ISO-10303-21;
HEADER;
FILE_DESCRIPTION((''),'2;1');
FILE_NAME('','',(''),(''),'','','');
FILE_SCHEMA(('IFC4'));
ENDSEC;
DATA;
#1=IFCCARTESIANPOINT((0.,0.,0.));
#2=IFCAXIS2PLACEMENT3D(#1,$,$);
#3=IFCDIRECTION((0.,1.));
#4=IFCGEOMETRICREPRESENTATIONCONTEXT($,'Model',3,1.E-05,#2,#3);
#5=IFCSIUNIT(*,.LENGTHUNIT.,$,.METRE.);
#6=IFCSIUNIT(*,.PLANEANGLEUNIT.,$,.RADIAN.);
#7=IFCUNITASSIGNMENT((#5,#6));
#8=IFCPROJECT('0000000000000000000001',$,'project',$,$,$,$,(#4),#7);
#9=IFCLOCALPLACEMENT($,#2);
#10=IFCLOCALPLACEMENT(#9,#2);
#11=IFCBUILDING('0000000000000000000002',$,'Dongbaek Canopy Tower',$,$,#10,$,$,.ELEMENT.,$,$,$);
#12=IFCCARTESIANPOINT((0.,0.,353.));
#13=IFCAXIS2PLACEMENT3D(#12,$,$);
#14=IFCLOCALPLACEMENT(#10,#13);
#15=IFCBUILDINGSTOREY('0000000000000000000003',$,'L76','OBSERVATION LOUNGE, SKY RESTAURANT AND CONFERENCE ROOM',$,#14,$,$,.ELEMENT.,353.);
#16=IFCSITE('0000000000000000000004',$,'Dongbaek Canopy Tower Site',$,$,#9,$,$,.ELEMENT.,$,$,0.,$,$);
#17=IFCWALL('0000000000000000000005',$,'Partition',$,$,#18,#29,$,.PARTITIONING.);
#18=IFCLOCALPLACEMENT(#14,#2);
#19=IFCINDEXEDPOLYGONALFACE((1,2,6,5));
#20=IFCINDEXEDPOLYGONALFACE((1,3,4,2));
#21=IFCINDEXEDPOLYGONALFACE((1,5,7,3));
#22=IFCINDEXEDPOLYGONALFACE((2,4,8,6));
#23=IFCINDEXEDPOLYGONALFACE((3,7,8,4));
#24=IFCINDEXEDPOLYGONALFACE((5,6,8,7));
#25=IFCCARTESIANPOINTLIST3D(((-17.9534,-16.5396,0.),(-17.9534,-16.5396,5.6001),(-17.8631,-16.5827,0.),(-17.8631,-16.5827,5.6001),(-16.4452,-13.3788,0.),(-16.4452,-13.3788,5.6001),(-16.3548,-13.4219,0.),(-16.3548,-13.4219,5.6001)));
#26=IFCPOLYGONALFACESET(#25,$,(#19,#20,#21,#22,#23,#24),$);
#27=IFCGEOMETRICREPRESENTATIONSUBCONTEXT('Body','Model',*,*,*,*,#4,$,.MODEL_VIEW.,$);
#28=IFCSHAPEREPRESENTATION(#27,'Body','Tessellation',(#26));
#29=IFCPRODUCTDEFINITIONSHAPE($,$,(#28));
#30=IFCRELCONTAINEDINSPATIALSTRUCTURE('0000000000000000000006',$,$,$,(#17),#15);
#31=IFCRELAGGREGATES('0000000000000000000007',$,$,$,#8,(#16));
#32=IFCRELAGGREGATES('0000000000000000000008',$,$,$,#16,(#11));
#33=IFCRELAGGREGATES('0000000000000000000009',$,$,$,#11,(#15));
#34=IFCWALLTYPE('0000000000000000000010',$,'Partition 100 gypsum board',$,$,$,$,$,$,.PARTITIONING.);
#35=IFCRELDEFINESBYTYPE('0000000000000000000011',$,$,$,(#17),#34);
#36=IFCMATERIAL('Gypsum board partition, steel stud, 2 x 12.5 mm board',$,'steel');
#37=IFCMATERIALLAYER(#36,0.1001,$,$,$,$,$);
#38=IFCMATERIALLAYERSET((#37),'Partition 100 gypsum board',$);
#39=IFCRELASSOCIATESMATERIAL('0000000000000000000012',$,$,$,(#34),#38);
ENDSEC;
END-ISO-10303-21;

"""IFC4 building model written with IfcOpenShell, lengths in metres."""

from ifc_helpers import new_model, si_unit, direction, frame, frame_2d, origin, place, context, subcontext, project, spatial, rectangle, extrude, material, layer, layer_set, type_object, element, save


model = new_model("IFC4")

# Units and contexts
model_context = context("Model", 3, precision=1e-05, world=origin(), true_north=direction((0.0, 1.0)))
body_context = subcontext(model_context, "Body", "Model", "MODEL_VIEW")
ifc_project = project(units=[si_unit("LENGTHUNIT", "METRE"), si_unit("PLANEANGLEUNIT", "RADIAN")], contexts=[model_context])

# Site, building, storey
site_placement = place(None, origin())
site = spatial("IfcSite", under=ifc_project, at=site_placement, Name="Dongbaek Canopy Tower Site", CompositionType="ELEMENT", RefElevation=0.0)
building_placement = place(site_placement, origin())
building = spatial("IfcBuilding", under=site, at=building_placement, Name="Dongbaek Canopy Tower", CompositionType="ELEMENT")
storey_placement = place(building_placement, frame((0.0, 0.0, 353.0)))
storey = spatial("IfcBuildingStorey", under=building, at=storey_placement, Name="L76", Description="OBSERVATION LOUNGE, SKY RESTAURANT AND CONFERENCE ROOM", CompositionType="ELEMENT", Elevation=353.0)

# Wall
ifc_material_1 = material(Name="Gypsum board partition, steel stud, 2 x 12.5 mm board", Category="steel")
ifc_layer_1 = layer(ifc_material_1, 0.1001)
ifc_layer_set_1 = layer_set([ifc_layer_1], Name="Partition 100 gypsum board")
wall_type_1 = type_object("IfcWallType", Name="Partition 100 gypsum board", PredefinedType="PARTITIONING", material=ifc_layer_set_1)
wall_1_placement = place(storey_placement, frame((-17.9082, -16.561, 0.0), z_axis=(0.0, 0.0, 1.0), x_axis=(0.430659, 0.902515, 0.0)))
element("IfcWall", 1, at=wall_1_placement, inside=storey, type_object=wall_type_1, Name="Partition", PredefinedType="PARTITIONING", context=body_context, shape_type="SweptSolid", body=[
    extrude(rectangle(XDim=3.5022, YDim=0.1001, at=frame_2d((1.751, 0.0))), origin(), (0.0, 0.0, 1.0), 5.6001),
])

save(model, "model.ifc")
